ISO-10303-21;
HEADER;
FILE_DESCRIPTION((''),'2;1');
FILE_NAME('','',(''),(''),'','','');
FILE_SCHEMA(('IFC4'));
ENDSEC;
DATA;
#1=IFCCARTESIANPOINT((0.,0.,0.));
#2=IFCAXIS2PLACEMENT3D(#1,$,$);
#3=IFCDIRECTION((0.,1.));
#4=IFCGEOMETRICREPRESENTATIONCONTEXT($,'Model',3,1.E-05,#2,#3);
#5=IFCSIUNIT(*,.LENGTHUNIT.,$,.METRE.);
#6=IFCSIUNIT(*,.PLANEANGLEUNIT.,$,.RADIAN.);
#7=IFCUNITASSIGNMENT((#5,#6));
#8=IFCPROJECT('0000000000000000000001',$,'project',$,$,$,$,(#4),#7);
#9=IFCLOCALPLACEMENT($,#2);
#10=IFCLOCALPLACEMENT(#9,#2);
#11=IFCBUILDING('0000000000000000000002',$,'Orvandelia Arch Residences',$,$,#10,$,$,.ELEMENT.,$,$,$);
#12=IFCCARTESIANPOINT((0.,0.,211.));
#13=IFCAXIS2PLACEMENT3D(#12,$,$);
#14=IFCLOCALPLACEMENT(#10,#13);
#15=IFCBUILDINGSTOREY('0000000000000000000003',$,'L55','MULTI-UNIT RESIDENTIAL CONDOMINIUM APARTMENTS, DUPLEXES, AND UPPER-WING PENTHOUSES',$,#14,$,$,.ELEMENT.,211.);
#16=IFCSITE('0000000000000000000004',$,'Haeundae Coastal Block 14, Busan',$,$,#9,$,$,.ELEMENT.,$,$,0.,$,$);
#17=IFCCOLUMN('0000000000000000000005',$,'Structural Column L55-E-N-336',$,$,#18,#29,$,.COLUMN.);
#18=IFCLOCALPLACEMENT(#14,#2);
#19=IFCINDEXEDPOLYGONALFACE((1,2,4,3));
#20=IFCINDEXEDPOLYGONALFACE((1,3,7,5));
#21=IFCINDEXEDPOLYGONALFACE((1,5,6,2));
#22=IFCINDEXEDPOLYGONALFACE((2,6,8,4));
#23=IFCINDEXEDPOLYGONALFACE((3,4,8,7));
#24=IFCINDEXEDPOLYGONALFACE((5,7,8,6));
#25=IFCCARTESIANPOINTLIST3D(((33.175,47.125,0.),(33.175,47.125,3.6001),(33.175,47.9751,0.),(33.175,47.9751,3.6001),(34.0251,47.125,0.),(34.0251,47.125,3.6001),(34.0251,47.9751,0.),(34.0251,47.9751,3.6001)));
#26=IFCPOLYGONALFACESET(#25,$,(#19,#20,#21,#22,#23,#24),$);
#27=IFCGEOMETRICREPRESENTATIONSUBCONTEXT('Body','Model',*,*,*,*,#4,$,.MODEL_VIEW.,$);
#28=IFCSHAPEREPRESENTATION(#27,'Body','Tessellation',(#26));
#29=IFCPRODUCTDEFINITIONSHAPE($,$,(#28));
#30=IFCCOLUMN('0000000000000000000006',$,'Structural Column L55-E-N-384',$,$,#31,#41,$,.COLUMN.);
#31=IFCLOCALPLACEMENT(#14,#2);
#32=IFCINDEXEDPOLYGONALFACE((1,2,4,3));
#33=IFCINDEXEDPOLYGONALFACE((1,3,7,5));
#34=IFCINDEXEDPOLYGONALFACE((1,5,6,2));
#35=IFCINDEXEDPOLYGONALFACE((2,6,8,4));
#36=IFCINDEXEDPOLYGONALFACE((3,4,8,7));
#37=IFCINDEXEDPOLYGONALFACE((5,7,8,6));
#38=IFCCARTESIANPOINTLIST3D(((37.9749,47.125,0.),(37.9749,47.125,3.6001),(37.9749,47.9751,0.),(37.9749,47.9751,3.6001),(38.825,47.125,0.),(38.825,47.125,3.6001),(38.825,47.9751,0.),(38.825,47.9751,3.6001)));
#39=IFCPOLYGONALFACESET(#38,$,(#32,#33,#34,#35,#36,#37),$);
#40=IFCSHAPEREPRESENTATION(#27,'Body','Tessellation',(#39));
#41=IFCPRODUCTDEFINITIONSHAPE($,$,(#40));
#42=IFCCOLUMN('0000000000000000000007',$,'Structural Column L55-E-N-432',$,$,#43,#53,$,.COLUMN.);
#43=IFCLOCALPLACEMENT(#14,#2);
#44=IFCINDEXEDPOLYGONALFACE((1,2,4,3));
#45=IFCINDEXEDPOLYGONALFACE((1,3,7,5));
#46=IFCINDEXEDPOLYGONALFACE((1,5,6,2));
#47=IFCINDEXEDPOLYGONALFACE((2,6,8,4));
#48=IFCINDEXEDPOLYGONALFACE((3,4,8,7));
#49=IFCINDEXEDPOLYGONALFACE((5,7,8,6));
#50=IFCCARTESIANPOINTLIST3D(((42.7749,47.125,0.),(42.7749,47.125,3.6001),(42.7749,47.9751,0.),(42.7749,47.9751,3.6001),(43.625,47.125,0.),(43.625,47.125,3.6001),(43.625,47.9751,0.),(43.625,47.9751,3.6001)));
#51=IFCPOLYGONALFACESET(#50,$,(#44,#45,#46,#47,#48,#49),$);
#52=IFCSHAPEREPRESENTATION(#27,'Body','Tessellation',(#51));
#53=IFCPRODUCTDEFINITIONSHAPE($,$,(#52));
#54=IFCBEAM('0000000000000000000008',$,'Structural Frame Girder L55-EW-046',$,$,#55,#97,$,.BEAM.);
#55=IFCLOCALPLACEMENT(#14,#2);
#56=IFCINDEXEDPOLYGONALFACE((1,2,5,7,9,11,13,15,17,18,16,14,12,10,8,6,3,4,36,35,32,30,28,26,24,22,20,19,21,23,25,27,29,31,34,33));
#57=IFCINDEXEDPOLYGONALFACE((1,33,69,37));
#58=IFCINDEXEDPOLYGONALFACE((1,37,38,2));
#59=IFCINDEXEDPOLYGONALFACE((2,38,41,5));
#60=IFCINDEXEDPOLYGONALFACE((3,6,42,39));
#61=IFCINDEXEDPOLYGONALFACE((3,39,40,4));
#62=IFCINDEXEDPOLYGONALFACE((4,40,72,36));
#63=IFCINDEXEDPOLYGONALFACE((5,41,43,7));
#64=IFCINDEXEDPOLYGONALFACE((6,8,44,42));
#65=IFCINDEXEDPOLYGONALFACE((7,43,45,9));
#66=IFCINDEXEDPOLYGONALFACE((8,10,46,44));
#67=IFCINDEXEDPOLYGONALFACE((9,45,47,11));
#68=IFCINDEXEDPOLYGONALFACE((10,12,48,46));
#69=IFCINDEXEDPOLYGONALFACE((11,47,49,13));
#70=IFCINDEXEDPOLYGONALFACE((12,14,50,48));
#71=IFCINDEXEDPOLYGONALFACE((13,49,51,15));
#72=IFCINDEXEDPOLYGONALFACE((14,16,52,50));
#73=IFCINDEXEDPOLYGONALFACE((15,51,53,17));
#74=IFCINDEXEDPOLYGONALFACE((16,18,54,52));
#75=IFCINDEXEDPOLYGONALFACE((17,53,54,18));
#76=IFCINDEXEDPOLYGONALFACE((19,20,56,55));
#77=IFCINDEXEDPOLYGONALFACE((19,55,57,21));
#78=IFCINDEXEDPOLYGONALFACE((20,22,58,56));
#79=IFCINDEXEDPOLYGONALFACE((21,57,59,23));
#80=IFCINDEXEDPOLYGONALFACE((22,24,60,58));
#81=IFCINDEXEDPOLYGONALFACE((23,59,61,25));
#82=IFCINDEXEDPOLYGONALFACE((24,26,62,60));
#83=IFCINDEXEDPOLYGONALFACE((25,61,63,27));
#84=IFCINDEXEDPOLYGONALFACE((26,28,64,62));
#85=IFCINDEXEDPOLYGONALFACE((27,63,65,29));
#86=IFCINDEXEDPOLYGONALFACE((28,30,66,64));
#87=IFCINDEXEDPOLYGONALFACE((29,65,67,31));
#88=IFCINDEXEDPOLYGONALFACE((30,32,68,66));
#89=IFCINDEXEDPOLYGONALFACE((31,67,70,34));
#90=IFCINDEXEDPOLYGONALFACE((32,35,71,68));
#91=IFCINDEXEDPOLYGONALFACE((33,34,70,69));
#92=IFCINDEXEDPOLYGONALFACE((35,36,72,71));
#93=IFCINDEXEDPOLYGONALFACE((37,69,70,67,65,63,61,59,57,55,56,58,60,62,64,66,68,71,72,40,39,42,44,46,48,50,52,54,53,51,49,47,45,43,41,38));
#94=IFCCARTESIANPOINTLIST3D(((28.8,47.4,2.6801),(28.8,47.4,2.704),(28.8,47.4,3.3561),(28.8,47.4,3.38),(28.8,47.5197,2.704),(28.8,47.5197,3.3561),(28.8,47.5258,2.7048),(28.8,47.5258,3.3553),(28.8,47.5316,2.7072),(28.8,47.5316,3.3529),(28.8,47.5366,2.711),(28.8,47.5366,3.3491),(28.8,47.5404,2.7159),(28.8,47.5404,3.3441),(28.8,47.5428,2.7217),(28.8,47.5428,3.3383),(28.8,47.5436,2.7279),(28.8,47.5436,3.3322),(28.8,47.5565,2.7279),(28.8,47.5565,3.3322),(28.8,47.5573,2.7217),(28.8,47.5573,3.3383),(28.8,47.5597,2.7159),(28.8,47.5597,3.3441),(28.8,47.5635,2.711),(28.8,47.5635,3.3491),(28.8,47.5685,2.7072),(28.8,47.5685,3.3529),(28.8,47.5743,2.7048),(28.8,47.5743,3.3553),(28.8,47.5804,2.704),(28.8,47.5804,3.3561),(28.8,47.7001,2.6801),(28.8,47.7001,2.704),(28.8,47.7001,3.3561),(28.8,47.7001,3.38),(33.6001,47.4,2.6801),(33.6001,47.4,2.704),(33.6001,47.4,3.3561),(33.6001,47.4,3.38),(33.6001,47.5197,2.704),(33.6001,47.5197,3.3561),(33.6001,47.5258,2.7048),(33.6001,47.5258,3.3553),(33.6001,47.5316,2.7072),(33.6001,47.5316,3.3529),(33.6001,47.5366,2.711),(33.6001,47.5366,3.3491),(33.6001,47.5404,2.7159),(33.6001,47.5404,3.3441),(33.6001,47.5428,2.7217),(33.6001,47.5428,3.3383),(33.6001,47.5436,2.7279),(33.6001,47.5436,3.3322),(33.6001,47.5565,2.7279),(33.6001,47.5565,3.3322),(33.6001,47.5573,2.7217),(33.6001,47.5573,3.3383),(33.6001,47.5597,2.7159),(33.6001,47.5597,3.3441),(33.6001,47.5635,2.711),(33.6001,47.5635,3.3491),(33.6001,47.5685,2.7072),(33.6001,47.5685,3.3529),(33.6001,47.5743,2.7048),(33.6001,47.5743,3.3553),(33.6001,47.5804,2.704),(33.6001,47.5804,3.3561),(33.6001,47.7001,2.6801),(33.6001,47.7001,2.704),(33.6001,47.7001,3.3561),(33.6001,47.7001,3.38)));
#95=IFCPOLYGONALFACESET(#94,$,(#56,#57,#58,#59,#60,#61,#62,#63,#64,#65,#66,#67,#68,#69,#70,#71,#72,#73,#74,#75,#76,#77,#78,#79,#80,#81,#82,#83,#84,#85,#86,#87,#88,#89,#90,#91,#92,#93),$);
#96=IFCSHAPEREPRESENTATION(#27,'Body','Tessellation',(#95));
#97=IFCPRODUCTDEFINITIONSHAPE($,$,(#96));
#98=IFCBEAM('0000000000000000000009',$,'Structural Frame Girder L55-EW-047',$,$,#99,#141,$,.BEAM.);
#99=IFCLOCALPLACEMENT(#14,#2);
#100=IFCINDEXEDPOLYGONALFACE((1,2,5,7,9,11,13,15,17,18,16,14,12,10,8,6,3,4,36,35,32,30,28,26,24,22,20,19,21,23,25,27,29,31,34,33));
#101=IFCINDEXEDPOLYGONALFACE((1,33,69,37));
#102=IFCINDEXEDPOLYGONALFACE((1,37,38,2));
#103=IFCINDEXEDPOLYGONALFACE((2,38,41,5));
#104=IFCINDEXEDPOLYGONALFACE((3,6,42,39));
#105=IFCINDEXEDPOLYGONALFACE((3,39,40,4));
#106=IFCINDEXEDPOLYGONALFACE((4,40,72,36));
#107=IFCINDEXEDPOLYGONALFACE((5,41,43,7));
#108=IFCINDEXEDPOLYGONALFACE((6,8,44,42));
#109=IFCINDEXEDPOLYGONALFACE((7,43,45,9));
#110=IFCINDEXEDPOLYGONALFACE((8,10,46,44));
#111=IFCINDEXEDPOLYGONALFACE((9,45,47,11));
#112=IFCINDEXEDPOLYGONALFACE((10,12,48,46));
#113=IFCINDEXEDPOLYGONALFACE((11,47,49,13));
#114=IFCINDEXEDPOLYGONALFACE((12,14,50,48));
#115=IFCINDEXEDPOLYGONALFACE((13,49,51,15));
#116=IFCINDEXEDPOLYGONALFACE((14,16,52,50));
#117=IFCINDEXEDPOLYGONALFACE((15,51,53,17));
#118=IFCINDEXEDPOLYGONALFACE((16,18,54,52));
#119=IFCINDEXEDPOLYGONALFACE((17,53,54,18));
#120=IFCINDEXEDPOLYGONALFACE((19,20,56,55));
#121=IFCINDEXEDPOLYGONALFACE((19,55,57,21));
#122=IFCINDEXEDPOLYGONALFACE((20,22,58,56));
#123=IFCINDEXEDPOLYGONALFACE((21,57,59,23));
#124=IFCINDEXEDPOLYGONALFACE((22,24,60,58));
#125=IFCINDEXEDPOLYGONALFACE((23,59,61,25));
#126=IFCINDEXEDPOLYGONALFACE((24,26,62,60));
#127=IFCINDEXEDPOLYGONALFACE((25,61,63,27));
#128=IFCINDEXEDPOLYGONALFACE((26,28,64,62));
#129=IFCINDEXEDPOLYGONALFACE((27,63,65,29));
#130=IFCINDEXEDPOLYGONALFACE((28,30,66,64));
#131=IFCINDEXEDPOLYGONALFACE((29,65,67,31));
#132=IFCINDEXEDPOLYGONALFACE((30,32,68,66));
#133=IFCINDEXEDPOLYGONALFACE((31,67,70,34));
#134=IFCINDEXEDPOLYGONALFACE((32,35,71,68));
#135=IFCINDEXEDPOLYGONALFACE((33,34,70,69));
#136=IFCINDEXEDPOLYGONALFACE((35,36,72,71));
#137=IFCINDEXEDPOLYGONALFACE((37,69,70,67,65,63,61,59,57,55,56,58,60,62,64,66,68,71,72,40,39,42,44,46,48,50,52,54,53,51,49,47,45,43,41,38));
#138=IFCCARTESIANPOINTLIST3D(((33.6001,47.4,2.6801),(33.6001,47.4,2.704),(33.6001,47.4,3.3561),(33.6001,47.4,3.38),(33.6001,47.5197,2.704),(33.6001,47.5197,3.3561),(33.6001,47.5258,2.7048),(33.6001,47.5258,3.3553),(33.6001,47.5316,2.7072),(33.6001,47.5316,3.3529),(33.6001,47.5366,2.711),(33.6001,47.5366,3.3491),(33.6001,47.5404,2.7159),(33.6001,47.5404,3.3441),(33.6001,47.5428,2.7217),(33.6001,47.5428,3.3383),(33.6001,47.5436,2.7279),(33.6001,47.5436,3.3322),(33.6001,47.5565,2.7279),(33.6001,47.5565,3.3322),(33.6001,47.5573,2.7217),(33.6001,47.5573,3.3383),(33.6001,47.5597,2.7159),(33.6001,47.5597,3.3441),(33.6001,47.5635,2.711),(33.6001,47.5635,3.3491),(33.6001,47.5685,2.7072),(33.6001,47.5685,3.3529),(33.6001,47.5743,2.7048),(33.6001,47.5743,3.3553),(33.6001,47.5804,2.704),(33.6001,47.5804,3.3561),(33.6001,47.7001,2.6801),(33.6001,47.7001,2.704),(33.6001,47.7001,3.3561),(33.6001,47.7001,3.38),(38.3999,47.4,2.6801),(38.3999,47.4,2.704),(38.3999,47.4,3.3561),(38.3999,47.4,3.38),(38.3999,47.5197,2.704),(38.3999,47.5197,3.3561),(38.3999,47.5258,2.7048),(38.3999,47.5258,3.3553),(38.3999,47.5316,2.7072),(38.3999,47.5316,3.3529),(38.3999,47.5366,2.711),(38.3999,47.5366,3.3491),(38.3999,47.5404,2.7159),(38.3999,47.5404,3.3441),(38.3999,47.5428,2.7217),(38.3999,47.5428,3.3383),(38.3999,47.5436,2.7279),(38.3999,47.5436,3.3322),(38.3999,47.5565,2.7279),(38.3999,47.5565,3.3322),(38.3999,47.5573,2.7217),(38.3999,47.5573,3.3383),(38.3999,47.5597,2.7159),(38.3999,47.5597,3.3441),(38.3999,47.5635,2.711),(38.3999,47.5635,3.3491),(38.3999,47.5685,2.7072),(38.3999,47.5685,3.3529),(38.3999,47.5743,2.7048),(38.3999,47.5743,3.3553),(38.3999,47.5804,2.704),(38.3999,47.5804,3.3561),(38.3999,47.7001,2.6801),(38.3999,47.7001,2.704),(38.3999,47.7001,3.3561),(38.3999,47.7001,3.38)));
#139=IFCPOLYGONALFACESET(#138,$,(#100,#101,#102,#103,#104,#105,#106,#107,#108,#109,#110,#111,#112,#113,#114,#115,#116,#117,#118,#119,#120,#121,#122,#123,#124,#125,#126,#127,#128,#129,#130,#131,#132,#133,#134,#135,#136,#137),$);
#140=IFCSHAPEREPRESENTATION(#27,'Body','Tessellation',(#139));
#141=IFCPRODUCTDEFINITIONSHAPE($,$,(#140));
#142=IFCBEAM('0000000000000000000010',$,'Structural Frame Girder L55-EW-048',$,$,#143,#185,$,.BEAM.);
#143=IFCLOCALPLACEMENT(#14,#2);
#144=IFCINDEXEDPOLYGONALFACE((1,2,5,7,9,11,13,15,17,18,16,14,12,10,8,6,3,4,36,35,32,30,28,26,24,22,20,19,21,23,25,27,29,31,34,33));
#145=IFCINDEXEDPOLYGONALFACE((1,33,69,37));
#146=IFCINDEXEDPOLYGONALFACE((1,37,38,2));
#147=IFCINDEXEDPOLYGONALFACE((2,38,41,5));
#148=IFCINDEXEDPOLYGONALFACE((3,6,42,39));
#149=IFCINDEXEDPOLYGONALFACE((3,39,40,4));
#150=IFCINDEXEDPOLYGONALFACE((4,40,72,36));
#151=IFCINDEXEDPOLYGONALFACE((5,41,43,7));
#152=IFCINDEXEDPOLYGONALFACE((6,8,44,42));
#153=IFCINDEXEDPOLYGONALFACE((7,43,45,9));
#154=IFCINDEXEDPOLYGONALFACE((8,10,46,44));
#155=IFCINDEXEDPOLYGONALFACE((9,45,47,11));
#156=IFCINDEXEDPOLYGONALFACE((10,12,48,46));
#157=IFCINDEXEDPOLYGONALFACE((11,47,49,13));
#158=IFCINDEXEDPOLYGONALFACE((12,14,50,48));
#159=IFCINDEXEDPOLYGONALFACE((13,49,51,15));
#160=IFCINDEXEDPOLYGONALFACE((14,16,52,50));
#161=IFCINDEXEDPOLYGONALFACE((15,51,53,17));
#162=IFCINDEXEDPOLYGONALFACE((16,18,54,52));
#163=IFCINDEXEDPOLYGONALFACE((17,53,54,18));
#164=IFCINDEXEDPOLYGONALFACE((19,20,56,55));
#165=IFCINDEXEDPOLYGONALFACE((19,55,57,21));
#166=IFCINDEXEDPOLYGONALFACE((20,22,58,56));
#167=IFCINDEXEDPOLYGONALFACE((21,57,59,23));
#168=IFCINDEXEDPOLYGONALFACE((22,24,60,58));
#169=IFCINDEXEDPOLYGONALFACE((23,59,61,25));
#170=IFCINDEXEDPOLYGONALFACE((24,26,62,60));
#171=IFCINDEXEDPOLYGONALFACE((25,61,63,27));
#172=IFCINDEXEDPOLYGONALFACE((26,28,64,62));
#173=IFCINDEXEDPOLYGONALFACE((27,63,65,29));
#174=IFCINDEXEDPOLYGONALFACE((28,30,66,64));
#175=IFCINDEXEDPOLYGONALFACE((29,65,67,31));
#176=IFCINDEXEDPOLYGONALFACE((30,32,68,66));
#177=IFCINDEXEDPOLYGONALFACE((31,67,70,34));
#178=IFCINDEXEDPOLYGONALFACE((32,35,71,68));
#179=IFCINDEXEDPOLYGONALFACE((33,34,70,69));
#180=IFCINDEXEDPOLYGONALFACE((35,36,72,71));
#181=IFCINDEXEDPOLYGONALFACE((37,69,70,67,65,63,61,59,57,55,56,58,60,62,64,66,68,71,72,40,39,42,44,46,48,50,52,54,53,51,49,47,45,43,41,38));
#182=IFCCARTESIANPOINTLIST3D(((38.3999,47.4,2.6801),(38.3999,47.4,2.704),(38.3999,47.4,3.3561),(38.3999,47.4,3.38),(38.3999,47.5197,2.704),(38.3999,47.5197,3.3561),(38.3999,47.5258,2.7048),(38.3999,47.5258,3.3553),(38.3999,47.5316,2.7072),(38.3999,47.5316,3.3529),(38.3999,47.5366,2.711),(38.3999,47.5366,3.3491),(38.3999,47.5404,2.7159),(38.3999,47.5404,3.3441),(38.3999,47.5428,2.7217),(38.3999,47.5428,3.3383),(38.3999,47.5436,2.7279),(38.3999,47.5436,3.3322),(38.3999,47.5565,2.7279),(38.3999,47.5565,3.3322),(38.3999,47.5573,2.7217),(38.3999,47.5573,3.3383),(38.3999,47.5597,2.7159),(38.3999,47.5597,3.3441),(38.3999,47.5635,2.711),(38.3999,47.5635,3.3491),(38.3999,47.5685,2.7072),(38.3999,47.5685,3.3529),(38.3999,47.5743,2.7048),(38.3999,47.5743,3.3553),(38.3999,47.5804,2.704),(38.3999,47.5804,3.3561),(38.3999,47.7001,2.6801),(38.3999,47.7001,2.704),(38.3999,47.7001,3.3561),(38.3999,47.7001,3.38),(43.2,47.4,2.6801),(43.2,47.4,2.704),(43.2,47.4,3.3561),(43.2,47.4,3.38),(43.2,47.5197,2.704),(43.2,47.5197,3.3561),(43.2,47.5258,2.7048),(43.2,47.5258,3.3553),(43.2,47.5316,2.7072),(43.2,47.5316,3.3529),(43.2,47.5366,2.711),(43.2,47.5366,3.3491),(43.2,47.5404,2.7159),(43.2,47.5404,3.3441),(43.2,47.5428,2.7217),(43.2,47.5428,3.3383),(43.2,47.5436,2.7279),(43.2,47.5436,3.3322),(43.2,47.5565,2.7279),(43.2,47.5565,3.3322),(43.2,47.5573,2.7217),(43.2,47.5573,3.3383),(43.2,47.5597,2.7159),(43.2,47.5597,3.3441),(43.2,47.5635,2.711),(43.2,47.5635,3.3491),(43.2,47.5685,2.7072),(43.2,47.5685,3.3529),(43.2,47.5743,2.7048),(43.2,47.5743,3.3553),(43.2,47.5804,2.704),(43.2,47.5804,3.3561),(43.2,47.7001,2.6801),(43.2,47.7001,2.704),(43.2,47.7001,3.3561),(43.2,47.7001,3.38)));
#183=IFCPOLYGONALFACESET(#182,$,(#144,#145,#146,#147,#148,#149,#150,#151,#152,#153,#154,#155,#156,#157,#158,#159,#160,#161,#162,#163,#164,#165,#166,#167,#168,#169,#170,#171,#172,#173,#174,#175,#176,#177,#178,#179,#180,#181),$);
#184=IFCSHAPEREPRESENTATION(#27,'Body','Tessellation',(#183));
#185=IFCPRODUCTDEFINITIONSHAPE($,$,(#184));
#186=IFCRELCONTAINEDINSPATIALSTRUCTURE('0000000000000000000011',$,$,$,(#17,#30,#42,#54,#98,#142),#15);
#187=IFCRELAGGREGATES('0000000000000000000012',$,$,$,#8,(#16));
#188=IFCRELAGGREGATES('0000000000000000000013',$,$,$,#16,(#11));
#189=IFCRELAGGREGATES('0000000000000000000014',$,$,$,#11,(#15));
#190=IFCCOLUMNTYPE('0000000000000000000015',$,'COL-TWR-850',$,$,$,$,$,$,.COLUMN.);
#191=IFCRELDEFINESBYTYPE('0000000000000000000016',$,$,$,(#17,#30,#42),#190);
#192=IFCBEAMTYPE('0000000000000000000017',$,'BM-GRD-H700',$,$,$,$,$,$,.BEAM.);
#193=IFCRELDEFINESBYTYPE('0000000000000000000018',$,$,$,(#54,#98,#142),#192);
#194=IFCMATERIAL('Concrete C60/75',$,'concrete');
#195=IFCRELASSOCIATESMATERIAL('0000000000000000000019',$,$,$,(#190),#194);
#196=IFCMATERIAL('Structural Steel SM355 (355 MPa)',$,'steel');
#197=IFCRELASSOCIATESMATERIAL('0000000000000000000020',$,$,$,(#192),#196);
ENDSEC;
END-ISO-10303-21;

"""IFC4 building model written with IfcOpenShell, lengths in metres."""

from ifc_helpers import new_model, si_unit, direction, frame, origin, origin_2d, place, context, subcontext, project, spatial, rectangle, i_section, extrude, material, material_profile, profile_set, type_object, element, save


model = new_model("IFC4")

# Units and contexts
model_context = context("Model", 3, precision=1e-05, world=origin(), true_north=direction((0.0, 1.0)))
body_context = subcontext(model_context, "Body", "Model", "MODEL_VIEW")
ifc_project = project(units=[si_unit("LENGTHUNIT", "METRE"), si_unit("PLANEANGLEUNIT", "RADIAN")], contexts=[model_context])

# Site, building, storey
site_placement = place(None, origin())
site = spatial("IfcSite", under=ifc_project, at=site_placement, Name="Haeundae Coastal Block 14, Busan", CompositionType="ELEMENT", RefElevation=0.0)
building_placement = place(site_placement, origin())
building = spatial("IfcBuilding", under=site, at=building_placement, Name="Orvandelia Arch Residences", CompositionType="ELEMENT")
storey_placement = place(building_placement, frame((0.0, 0.0, 211.0)))
storey = spatial("IfcBuildingStorey", under=building, at=storey_placement, Name="L55", Description="MULTI-UNIT RESIDENTIAL CONDOMINIUM APARTMENTS, DUPLEXES, AND UPPER-WING PENTHOUSES", CompositionType="ELEMENT", Elevation=211.0)

# Columns
ifc_material_1 = material(Name="Concrete C60/75", Category="concrete")
ifc_material_profile_1 = material_profile(ifc_material_1, rectangle(XDim=0.8501, YDim=0.8501, at=origin_2d()), Name="Concrete C60/75", Category="concrete")
ifc_profile_set_1 = profile_set([ifc_material_profile_1], Name="Concrete C60/75")
column_type = type_object("IfcColumnType", Name="COL-TWR-850", PredefinedType="COLUMN", material=ifc_profile_set_1)
for number, where, z_axis, x_axis, name in (
    (1, (33.6001, 47.55, 0.0), (0.0, 0.0, 1.0), (1.0, 0.0, 0.0), "Structural Column L55-E-N-336"),
    (2, (38.3999, 47.55, 0.0), (0.0, 0.0, 1.0), (1.0, 0.0, 0.0), "Structural Column L55-E-N-384"),
    (3, (43.2, 47.55, 0.0), (0.0, 0.0, 1.0), (1.0, 0.0, 0.0), "Structural Column L55-E-N-432"),
):
    element("IfcColumn", number, at=place(storey_placement, frame(where, z_axis=z_axis, x_axis=x_axis)), inside=storey, type_object=column_type, Name=name, PredefinedType="COLUMN", context=body_context, shape_type="SweptSolid", body=[
        extrude(rectangle(XDim=0.8501, YDim=0.8501, at=origin_2d()), origin(), (0.0, 0.0, 1.0), 3.6001),
    ])

# Beams
ifc_material_2 = material(Name="Structural Steel SM355 (355 MPa)", Category="steel")
ifc_material_profile_2 = material_profile(ifc_material_2, i_section(OverallWidth=0.3, OverallDepth=0.7, WebThickness=0.0129, FlangeThickness=0.0239, FilletRadius=0.0239, at=origin_2d()), Name="Structural Steel SM355 (355 MPa)", Category="steel")
ifc_profile_set_2 = profile_set([ifc_material_profile_2], Name="Structural Steel SM355 (355 MPa)")
beam_type = type_object("IfcBeamType", Name="BM-GRD-H700", PredefinedType="BEAM", material=ifc_profile_set_2)
beam_1_placement = place(storey_placement, frame((28.8, 47.55, 3.03), z_axis=(1.0, 0.0, 0.0), x_axis=(0.0, 1.0, 0.0)))
element("IfcBeam", 4, at=beam_1_placement, inside=storey, type_object=beam_type, Name="Structural Frame Girder L55-EW-046", PredefinedType="BEAM", context=body_context, shape_type="SweptSolid", body=[
    extrude(i_section(OverallWidth=0.3, OverallDepth=0.7, WebThickness=0.0129, FlangeThickness=0.0239, FilletRadius=0.0239, at=origin_2d()), origin(), (0.0, 0.0, 1.0), 4.8),
])
beam_2_placement = place(storey_placement, frame((33.6001, 47.55, 3.03), z_axis=(1.0, 0.0, 0.0), x_axis=(0.0, 1.0, 0.0)))
element("IfcBeam", 5, at=beam_2_placement, inside=storey, type_object=beam_type, Name="Structural Frame Girder L55-EW-047", PredefinedType="BEAM", context=body_context, shape_type="SweptSolid", body=[
    extrude(i_section(OverallWidth=0.3, OverallDepth=0.7, WebThickness=0.0129, FlangeThickness=0.0239, FilletRadius=0.0239, at=origin_2d()), origin(), (0.0, 0.0, 1.0), 4.7998),
])
for number, where, z_axis, x_axis, name in (
    (6, (38.3999, 47.55, 3.03), (1.0, 0.0, 0.0), (0.0, 1.0, 0.0), "Structural Frame Girder L55-EW-048"),
):
    element("IfcBeam", number, at=place(storey_placement, frame(where, z_axis=z_axis, x_axis=x_axis)), inside=storey, type_object=beam_type, Name=name, PredefinedType="BEAM", context=body_context, shape_type="SweptSolid", body=[
        extrude(i_section(OverallWidth=0.3, OverallDepth=0.7, WebThickness=0.0129, FlangeThickness=0.0239, FilletRadius=0.0239, at=origin_2d()), origin(), (0.0, 0.0, 1.0), 4.8),
    ])

save(model, "model.ifc")
